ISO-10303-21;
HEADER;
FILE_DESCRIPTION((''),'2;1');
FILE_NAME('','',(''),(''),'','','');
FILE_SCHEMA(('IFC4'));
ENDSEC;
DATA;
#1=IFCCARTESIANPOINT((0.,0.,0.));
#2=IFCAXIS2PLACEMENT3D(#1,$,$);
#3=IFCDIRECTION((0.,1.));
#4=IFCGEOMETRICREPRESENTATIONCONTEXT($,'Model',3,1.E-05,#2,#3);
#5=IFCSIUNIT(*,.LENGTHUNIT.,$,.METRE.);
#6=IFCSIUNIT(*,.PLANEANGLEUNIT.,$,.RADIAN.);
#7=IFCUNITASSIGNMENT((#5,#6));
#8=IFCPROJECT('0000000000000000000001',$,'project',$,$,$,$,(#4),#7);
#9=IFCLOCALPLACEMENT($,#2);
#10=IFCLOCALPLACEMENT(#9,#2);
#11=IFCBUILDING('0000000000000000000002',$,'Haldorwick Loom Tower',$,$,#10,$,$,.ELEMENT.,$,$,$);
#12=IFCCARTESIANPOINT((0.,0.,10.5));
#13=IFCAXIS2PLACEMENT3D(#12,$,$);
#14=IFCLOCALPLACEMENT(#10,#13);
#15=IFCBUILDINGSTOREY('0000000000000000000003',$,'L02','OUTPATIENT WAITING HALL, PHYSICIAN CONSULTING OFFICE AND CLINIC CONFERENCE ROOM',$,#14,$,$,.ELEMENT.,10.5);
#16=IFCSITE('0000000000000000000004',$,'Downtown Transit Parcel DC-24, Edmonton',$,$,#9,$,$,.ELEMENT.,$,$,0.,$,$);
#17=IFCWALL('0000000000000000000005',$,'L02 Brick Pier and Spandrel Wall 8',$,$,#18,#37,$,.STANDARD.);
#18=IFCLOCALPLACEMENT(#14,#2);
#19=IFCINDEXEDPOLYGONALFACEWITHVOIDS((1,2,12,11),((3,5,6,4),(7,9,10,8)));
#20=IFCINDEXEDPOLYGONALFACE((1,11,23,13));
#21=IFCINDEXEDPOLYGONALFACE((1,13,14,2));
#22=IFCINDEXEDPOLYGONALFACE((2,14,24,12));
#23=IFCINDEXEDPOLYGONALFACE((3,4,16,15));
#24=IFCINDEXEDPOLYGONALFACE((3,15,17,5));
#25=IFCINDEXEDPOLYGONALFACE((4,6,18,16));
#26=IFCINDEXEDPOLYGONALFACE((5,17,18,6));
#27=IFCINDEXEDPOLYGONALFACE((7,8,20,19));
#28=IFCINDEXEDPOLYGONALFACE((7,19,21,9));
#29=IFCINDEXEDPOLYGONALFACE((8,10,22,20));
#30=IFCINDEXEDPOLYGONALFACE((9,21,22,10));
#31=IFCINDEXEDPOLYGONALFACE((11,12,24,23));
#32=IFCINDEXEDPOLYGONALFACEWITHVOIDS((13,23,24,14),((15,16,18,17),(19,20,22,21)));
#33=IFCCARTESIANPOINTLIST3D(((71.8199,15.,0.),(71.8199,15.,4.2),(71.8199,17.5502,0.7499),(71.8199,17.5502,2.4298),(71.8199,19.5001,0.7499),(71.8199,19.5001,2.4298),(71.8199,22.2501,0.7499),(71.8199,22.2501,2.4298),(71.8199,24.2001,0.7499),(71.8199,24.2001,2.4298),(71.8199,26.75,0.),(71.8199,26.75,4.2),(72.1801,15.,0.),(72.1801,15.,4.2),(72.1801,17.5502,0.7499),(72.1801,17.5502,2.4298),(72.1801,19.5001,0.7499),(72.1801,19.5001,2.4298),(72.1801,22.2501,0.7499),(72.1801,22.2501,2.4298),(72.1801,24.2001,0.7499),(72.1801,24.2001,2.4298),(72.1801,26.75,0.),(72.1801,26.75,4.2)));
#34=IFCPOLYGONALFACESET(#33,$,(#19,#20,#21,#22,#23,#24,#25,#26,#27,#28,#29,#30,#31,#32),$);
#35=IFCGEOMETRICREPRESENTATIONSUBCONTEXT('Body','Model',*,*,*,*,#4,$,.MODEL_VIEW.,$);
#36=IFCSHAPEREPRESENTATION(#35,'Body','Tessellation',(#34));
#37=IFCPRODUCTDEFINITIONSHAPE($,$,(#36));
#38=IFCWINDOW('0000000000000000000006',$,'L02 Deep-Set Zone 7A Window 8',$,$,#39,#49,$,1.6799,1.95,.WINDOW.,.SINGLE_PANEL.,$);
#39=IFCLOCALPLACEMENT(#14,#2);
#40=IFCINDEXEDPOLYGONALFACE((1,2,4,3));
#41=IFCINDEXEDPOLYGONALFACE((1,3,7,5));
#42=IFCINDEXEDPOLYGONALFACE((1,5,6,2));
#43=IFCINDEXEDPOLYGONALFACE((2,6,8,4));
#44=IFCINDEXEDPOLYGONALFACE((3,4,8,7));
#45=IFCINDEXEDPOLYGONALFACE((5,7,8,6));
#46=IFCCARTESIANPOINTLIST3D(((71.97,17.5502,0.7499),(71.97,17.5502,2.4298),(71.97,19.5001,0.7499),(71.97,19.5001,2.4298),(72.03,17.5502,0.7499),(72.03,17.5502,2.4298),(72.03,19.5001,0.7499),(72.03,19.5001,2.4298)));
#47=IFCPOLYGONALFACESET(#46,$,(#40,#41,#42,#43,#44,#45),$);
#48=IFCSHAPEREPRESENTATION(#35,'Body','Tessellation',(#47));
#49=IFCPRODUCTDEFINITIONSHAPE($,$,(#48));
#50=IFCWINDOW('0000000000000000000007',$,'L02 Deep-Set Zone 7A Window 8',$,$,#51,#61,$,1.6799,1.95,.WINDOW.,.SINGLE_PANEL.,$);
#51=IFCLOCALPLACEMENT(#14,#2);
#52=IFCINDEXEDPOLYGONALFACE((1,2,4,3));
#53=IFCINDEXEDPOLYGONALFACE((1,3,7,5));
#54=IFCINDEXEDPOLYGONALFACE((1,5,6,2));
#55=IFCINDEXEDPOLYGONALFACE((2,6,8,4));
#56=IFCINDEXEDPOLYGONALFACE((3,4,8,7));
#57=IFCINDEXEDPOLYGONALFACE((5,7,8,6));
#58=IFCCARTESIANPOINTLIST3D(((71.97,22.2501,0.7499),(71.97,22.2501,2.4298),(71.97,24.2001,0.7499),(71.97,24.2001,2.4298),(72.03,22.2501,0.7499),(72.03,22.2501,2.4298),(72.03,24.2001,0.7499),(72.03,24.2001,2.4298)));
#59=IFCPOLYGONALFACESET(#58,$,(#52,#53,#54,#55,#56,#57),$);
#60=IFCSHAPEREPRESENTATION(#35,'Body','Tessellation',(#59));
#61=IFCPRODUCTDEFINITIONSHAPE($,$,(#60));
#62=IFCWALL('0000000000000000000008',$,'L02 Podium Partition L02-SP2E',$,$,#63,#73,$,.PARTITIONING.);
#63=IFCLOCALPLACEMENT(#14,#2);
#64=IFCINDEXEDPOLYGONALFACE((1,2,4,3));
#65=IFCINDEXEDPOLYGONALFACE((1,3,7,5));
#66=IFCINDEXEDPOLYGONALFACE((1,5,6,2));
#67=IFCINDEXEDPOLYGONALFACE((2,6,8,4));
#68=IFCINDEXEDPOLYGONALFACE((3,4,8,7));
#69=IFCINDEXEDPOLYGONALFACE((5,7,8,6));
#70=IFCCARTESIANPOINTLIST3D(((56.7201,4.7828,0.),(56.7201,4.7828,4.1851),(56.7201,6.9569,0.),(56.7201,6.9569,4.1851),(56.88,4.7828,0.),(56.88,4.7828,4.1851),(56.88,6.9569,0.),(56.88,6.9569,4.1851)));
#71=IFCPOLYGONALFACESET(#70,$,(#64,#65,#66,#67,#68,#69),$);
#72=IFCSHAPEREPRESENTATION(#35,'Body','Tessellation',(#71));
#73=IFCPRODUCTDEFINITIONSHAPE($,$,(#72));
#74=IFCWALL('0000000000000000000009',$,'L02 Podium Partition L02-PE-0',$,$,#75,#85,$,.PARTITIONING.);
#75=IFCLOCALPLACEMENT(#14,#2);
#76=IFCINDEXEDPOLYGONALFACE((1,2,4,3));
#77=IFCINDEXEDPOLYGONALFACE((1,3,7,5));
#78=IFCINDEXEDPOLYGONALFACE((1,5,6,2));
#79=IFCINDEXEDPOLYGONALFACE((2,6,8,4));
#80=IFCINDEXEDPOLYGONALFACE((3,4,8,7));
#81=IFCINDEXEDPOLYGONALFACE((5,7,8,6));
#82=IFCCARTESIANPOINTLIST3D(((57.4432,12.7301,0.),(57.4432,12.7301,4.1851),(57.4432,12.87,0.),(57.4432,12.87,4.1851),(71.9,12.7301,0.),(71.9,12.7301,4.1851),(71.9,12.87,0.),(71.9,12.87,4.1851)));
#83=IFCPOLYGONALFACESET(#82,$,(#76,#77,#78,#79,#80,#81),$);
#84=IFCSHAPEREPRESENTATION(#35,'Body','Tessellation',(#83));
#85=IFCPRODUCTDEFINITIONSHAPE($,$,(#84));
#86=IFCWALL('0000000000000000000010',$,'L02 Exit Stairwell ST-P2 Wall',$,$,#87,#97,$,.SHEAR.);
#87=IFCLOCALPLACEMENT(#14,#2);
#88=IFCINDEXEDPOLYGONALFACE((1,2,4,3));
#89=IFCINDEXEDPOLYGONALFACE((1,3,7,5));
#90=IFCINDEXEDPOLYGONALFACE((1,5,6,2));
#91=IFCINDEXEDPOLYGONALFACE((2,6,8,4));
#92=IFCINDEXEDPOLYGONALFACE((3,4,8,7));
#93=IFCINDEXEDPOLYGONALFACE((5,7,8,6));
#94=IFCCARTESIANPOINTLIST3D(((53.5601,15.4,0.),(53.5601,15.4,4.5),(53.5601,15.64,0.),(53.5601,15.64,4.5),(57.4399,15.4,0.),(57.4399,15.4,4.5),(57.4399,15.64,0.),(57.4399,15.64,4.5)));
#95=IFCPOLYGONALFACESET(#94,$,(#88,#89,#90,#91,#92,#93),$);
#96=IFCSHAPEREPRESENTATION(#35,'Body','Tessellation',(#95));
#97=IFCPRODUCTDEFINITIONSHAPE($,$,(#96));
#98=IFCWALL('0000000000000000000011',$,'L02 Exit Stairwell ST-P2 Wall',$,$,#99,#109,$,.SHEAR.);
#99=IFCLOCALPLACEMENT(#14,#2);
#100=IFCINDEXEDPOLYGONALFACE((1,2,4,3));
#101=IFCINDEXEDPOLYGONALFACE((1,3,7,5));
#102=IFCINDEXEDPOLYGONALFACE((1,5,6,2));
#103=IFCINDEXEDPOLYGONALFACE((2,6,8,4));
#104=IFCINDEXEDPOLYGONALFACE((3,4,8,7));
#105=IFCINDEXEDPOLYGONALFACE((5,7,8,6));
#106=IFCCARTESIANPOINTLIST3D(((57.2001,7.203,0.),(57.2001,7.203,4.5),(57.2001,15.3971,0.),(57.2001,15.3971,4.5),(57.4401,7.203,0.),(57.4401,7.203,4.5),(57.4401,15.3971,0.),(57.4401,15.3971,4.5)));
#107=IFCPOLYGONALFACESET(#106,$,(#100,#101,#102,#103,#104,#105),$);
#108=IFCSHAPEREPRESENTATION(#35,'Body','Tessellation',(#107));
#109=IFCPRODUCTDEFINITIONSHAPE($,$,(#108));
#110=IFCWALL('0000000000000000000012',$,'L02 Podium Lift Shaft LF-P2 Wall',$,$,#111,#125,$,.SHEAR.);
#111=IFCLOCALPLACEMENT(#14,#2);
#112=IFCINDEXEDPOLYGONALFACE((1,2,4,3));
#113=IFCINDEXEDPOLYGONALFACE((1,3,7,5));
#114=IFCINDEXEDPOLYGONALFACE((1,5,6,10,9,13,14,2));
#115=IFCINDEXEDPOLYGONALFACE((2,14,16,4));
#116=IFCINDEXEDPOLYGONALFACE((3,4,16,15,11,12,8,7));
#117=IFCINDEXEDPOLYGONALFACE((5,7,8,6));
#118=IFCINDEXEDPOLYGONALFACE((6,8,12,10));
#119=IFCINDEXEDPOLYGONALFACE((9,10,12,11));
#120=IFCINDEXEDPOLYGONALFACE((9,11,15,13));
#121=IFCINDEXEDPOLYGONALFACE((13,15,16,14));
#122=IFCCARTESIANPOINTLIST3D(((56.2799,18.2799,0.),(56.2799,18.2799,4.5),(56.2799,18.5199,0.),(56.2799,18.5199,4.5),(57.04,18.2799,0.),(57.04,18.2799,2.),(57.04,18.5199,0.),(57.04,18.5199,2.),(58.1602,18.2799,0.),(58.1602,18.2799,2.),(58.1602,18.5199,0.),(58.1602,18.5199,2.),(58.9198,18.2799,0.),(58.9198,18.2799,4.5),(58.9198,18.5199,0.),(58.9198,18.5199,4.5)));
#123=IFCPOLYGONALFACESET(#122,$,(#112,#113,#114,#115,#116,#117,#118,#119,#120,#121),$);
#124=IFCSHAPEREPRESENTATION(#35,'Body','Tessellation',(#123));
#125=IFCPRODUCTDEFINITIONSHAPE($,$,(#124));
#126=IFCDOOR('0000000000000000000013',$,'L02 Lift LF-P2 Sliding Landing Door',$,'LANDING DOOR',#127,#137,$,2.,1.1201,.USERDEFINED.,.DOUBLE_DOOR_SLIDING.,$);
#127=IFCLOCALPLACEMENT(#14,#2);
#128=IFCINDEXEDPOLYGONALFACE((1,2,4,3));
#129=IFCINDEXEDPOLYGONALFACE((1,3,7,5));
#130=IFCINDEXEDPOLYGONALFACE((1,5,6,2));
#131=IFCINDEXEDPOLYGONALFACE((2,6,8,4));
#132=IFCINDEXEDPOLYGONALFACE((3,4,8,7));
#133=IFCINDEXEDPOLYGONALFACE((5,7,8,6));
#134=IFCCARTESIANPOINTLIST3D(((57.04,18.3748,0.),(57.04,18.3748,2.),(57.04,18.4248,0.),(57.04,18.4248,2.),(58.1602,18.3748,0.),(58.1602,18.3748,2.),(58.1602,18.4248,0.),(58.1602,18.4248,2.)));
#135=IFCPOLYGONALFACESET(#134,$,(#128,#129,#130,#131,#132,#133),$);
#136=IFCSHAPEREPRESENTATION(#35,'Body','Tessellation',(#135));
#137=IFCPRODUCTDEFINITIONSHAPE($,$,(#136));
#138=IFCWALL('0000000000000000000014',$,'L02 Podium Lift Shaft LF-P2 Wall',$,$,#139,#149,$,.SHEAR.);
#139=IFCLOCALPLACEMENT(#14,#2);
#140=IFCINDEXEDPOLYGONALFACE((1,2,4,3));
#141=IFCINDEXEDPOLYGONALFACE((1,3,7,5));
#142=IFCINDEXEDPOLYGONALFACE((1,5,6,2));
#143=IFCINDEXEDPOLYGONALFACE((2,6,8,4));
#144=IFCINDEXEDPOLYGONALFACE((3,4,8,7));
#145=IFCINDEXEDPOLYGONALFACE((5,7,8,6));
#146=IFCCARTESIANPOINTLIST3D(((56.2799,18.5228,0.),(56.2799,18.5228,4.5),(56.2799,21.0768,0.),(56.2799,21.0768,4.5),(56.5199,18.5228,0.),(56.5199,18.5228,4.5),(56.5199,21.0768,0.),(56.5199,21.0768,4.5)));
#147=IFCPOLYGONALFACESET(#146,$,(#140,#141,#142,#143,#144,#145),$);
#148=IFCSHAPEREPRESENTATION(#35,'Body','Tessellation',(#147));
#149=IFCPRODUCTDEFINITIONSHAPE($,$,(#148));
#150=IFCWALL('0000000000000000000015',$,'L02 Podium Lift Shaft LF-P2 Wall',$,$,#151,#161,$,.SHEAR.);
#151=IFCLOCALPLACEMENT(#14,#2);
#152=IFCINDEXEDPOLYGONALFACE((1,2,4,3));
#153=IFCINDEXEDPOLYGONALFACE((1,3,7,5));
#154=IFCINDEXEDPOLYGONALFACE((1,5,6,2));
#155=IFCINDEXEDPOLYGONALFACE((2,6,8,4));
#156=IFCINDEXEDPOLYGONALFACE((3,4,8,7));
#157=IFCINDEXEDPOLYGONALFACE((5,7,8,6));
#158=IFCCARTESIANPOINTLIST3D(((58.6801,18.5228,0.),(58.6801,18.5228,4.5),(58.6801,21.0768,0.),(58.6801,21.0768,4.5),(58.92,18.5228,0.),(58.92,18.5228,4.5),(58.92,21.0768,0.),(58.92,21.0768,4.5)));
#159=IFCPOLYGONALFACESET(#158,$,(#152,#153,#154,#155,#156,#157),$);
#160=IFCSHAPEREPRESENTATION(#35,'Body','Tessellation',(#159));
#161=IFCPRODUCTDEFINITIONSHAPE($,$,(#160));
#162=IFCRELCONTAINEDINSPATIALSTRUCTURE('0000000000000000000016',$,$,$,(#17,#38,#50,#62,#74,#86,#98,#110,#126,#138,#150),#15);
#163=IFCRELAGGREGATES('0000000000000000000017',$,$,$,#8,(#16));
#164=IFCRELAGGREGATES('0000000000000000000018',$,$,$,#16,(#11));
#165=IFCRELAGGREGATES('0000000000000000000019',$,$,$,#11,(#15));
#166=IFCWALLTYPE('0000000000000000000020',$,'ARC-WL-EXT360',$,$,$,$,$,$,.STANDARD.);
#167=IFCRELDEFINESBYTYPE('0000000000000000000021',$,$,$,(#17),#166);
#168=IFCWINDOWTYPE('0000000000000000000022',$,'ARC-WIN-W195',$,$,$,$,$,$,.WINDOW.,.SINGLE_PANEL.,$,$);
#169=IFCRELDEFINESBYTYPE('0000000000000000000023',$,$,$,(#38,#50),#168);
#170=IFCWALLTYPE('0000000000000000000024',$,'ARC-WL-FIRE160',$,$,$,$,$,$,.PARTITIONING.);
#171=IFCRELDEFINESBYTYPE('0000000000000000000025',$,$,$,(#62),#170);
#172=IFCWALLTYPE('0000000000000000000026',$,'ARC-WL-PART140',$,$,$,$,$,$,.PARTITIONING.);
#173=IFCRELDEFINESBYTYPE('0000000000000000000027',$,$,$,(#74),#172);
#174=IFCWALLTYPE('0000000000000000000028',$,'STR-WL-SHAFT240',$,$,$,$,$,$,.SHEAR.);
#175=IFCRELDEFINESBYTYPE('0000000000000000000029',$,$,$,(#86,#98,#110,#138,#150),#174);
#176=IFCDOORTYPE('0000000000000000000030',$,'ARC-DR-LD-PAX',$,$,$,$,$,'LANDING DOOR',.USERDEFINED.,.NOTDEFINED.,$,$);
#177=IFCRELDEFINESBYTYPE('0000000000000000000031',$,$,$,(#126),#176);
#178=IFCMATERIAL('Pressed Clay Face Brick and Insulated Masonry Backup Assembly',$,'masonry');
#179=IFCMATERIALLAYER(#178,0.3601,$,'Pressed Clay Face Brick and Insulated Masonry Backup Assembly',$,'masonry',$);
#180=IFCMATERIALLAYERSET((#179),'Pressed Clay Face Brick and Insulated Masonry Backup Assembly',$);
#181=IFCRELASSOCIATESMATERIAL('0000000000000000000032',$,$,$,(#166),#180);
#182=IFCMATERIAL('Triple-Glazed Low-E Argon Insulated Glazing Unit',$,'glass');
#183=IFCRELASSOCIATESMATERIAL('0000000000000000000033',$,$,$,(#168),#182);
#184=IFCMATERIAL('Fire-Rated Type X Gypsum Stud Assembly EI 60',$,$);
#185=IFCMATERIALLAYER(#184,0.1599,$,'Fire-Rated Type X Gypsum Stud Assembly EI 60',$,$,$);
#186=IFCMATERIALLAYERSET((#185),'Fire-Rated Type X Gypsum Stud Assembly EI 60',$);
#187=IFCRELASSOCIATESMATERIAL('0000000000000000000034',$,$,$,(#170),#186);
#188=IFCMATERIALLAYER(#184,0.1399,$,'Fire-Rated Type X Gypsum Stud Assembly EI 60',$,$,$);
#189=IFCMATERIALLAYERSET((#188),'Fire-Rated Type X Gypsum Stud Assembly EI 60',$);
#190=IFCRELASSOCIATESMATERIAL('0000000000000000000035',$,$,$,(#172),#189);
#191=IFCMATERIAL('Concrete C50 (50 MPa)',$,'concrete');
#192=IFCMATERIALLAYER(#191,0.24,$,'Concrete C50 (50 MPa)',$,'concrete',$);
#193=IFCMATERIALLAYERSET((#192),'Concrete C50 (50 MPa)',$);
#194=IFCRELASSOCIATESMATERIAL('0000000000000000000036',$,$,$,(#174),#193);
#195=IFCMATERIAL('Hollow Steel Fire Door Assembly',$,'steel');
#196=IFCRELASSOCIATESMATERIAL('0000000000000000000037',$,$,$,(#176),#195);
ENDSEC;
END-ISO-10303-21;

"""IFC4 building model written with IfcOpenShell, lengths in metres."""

from ifc_helpers import new_model, si_unit, direction, frame, frame_2d, origin, place, context, subcontext, project, spatial, rectangle, extrude, material, layer, layer_set, type_object, element, fill, save


model = new_model("IFC4")

# Units and contexts
model_context = context("Model", 3, precision=1e-05, world=origin(), true_north=direction((0.0, 1.0)))
body_context = subcontext(model_context, "Body", "Model", "MODEL_VIEW")
ifc_project = project(units=[si_unit("LENGTHUNIT", "METRE"), si_unit("PLANEANGLEUNIT", "RADIAN")], contexts=[model_context])

# Site, building, storey
site_placement = place(None, origin())
site = spatial("IfcSite", under=ifc_project, at=site_placement, Name="Downtown Transit Parcel DC-24, Edmonton", CompositionType="ELEMENT", RefElevation=0.0)
building_placement = place(site_placement, origin())
building = spatial("IfcBuilding", under=site, at=building_placement, Name="Haldorwick Loom Tower", CompositionType="ELEMENT")
storey_placement = place(building_placement, frame((0.0, 0.0, 10.5)))
storey = spatial("IfcBuildingStorey", under=building, at=storey_placement, Name="L02", Description="OUTPATIENT WAITING HALL, PHYSICIAN CONSULTING OFFICE AND CLINIC CONFERENCE ROOM", CompositionType="ELEMENT", Elevation=10.5)

# Wall, openings, windows
ifc_material_1 = material(Name="Pressed Clay Face Brick and Insulated Masonry Backup Assembly", Category="masonry")
ifc_layer_1 = layer(ifc_material_1, 0.3601, Name="Pressed Clay Face Brick and Insulated Masonry Backup Assembly", Category="masonry")
ifc_layer_set_1 = layer_set([ifc_layer_1], Name="Pressed Clay Face Brick and Insulated Masonry Backup Assembly")
wall_type_1 = type_object("IfcWallType", Name="ARC-WL-EXT360", PredefinedType="STANDARD", material=ifc_layer_set_1)
wall_1_placement = place(storey_placement, frame((72.0, 15.0, 0.0), z_axis=(0.0, 0.0, 1.0), x_axis=(0.0, 1.0, 0.0)))
wall_1 = element("IfcWall", 1, at=wall_1_placement, inside=storey, type_object=wall_type_1, Name="L02 Brick Pier and Spandrel Wall 8", PredefinedType="STANDARD", context=body_context, shape_type="SweptSolid", body=[
    extrude(rectangle(XDim=11.75, YDim=0.3601, at=frame_2d((5.875, 0.0))), origin(), (0.0, 0.0, 1.0), 4.2),
])
opening_1_placement = place(wall_1_placement, frame((2.55, 0.0, 0.75)))
opening_1 = element("IfcOpeningElement", 2, at=opening_1_placement, cuts=wall_1, PredefinedType="OPENING", context=body_context, shape_type="SweptSolid", body=[
    extrude(rectangle(XDim=1.95, YDim=1.6799, at=frame_2d((0.9751, 0.8398))), frame((0.0, 0.1899, 0.0), z_axis=(0.0, -1.0, 0.0), x_axis=(1.0, 0.0, 0.0)), (0.0, 0.0, 1.0), 0.3801),
])
opening_2_placement = place(wall_1_placement, frame((7.25, 0.0, 0.75)))
opening_2 = element("IfcOpeningElement", 3, at=opening_2_placement, cuts=wall_1, PredefinedType="OPENING", context=body_context, shape_type="SweptSolid", body=[
    extrude(rectangle(XDim=1.95, YDim=1.6799, at=frame_2d((0.9751, 0.8398))), frame((0.0, 0.1899, 0.0), z_axis=(0.0, -1.0, 0.0), x_axis=(1.0, 0.0, 0.0)), (0.0, 0.0, 1.0), 0.3801),
])
ifc_material_2 = material(Name="Triple-Glazed Low-E Argon Insulated Glazing Unit", Category="glass")
window_type = type_object("IfcWindowType", Name="ARC-WIN-W195", PartitioningType="SINGLE_PANEL", PredefinedType="WINDOW", material=ifc_material_2)
window_1_placement = place(opening_1_placement, origin())
window_1 = element("IfcWindow", 4, at=window_1_placement, inside=storey, type_object=window_type, Name="L02 Deep-Set Zone 7A Window 8", OverallHeight=1.6799, OverallWidth=1.95, PartitioningType="SINGLE_PANEL", PredefinedType="WINDOW", context=body_context, shape_type="SweptSolid", body=[
    extrude(rectangle(XDim=1.95, YDim=1.6799, at=frame_2d((0.9751, 0.8398))), frame((0.0, 0.03, 0.0), z_axis=(0.0, -1.0, 0.0), x_axis=(1.0, 0.0, 0.0)), (0.0, 0.0, 1.0), 0.0601),
])
fill(opening_1, window_1)
window_2_placement = place(opening_2_placement, origin())
window_2 = element("IfcWindow", 5, at=window_2_placement, inside=storey, type_object=window_type, Name="L02 Deep-Set Zone 7A Window 8", OverallHeight=1.6799, OverallWidth=1.95, PartitioningType="SINGLE_PANEL", PredefinedType="WINDOW", context=body_context, shape_type="SweptSolid", body=[
    extrude(rectangle(XDim=1.95, YDim=1.6799, at=frame_2d((0.9751, 0.8398))), frame((0.0, 0.03, 0.0), z_axis=(0.0, -1.0, 0.0), x_axis=(1.0, 0.0, 0.0)), (0.0, 0.0, 1.0), 0.0601),
])
fill(opening_2, window_2)

# Walls
ifc_material_3 = material(Name="Fire-Rated Type X Gypsum Stud Assembly EI 60")
ifc_layer_2 = layer(ifc_material_3, 0.1599, Name="Fire-Rated Type X Gypsum Stud Assembly EI 60")
ifc_layer_set_2 = layer_set([ifc_layer_2], Name="Fire-Rated Type X Gypsum Stud Assembly EI 60")
wall_type_2 = type_object("IfcWallType", Name="ARC-WL-FIRE160", PredefinedType="PARTITIONING", material=ifc_layer_set_2)
wall_2_placement = place(storey_placement, frame((56.8, 4.783, 0.0), z_axis=(0.0, 0.0, 1.0), x_axis=(0.0, 1.0, 0.0)))
element("IfcWall", 6, at=wall_2_placement, inside=storey, type_object=wall_type_2, Name="L02 Podium Partition L02-SP2E", PredefinedType="PARTITIONING", context=body_context, shape_type="SweptSolid", body=[
    extrude(rectangle(XDim=2.1741, YDim=0.1599, at=frame_2d((1.0869, 0.0))), origin(), (0.0, 0.0, 1.0), 4.1851),
])
ifc_layer_3 = layer(ifc_material_3, 0.1399, Name="Fire-Rated Type X Gypsum Stud Assembly EI 60")
ifc_layer_set_3 = layer_set([ifc_layer_3], Name="Fire-Rated Type X Gypsum Stud Assembly EI 60")
wall_type_3 = type_object("IfcWallType", Name="ARC-WL-PART140", PredefinedType="PARTITIONING", material=ifc_layer_set_3)
wall_3_placement = place(storey_placement, frame((57.4431, 12.8, 0.0), z_axis=(0.0, 0.0, 1.0), x_axis=(1.0, 0.0, 0.0)))
element("IfcWall", 7, at=wall_3_placement, inside=storey, type_object=wall_type_3, Name="L02 Podium Partition L02-PE-0", PredefinedType="PARTITIONING", context=body_context, shape_type="SweptSolid", body=[
    extrude(rectangle(XDim=14.4568, YDim=0.1399, at=frame_2d((7.2285, 0.0))), origin(), (0.0, 0.0, 1.0), 4.1851),
])
ifc_material_4 = material(Name="Concrete C50 (50 MPa)", Category="concrete")
ifc_layer_4 = layer(ifc_material_4, 0.24, Name="Concrete C50 (50 MPa)", Category="concrete")
ifc_layer_set_4 = layer_set([ifc_layer_4], Name="Concrete C50 (50 MPa)")
wall_type_4 = type_object("IfcWallType", Name="STR-WL-SHAFT240", PredefinedType="SHEAR", material=ifc_layer_set_4)
wall_4_placement = place(storey_placement, frame((57.4399, 15.52, 0.0), z_axis=(0.0, 0.0, 1.0), x_axis=(-1.0, 0.0, 0.0)))
element("IfcWall", 8, at=wall_4_placement, inside=storey, type_object=wall_type_4, Name="L02 Exit Stairwell ST-P2 Wall", PredefinedType="SHEAR", context=body_context, shape_type="SweptSolid", body=[
    extrude(rectangle(XDim=3.8799, YDim=0.24, at=frame_2d((1.9399, 0.0))), origin(), (0.0, 0.0, 1.0), 4.5),
])
wall_5_placement = place(storey_placement, frame((57.3201, 7.2029, 0.0), z_axis=(0.0, 0.0, 1.0), x_axis=(0.0, 1.0, 0.0)))
element("IfcWall", 9, at=wall_5_placement, inside=storey, type_object=wall_type_4, Name="L02 Exit Stairwell ST-P2 Wall", PredefinedType="SHEAR", context=body_context, shape_type="SweptSolid", body=[
    extrude(rectangle(XDim=8.1941, YDim=0.24, at=frame_2d((4.0972, 0.0))), origin(), (0.0, 0.0, 1.0), 4.5),
])

# Wall, opening, door
wall_6_placement = place(storey_placement, frame((56.28, 18.3999, 0.0), z_axis=(0.0, 0.0, 1.0), x_axis=(1.0, 0.0, 0.0)))
wall_6 = element("IfcWall", 10, at=wall_6_placement, inside=storey, type_object=wall_type_4, Name="L02 Podium Lift Shaft LF-P2 Wall", PredefinedType="SHEAR", context=body_context, shape_type="SweptSolid", body=[
    extrude(rectangle(XDim=2.6399, YDim=0.24, at=frame_2d((1.3198, 0.0))), origin(), (0.0, 0.0, 1.0), 4.5),
])
opening_3_placement = place(wall_6_placement, frame((0.76, 0.0, 0.0)))
opening_3 = element("IfcOpeningElement", 11, at=opening_3_placement, cuts=wall_6, PredefinedType="OPENING", context=body_context, shape_type="SweptSolid", body=[
    extrude(rectangle(XDim=1.1201, YDim=2.0, at=frame_2d((0.5601, 1.0))), frame((0.0, 0.1299, 0.0), z_axis=(0.0, -1.0, 0.0), x_axis=(1.0, 0.0, 0.0)), (0.0, 0.0, 1.0), 0.26),
])
ifc_material_5 = material(Name="Hollow Steel Fire Door Assembly", Category="steel")
door_type = type_object("IfcDoorType", Name="ARC-DR-LD-PAX", ElementType="LANDING DOOR", OperationType="NOTDEFINED", PredefinedType="USERDEFINED", material=ifc_material_5)
door_placement = place(opening_3_placement, origin())
door = element("IfcDoor", 12, at=door_placement, inside=storey, type_object=door_type, Name="L02 Lift LF-P2 Sliding Landing Door", ObjectType="LANDING DOOR", OperationType="DOUBLE_DOOR_SLIDING", OverallHeight=2.0, OverallWidth=1.1201, PredefinedType="USERDEFINED", context=body_context, shape_type="SweptSolid", body=[
    extrude(rectangle(XDim=1.1201, YDim=2.0, at=frame_2d((0.5601, 1.0))), frame((0.0, 0.0249, 0.0), z_axis=(0.0, -1.0, 0.0), x_axis=(1.0, 0.0, 0.0)), (0.0, 0.0, 1.0), 0.05),
])
fill(opening_3, door)

# Walls
for number, where, z_axis, x_axis, name in (
    (13, (56.3999, 18.5229, 0.0), (0.0, 0.0, 1.0), (0.0, 1.0, 0.0), "L02 Podium Lift Shaft LF-P2 Wall"),
    (14, (58.8, 18.5229, 0.0), (0.0, 0.0, 1.0), (0.0, 1.0, 0.0), "L02 Podium Lift Shaft LF-P2 Wall"),
):
    element("IfcWall", number, at=place(storey_placement, frame(where, z_axis=z_axis, x_axis=x_axis)), inside=storey, type_object=wall_type_4, Name=name, PredefinedType="SHEAR", context=body_context, shape_type="SweptSolid", body=[
        extrude(rectangle(XDim=2.554, YDim=0.24, at=frame_2d((1.2769, 0.0))), origin(), (0.0, 0.0, 1.0), 4.5),
    ])

save(model, "model.ifc")
